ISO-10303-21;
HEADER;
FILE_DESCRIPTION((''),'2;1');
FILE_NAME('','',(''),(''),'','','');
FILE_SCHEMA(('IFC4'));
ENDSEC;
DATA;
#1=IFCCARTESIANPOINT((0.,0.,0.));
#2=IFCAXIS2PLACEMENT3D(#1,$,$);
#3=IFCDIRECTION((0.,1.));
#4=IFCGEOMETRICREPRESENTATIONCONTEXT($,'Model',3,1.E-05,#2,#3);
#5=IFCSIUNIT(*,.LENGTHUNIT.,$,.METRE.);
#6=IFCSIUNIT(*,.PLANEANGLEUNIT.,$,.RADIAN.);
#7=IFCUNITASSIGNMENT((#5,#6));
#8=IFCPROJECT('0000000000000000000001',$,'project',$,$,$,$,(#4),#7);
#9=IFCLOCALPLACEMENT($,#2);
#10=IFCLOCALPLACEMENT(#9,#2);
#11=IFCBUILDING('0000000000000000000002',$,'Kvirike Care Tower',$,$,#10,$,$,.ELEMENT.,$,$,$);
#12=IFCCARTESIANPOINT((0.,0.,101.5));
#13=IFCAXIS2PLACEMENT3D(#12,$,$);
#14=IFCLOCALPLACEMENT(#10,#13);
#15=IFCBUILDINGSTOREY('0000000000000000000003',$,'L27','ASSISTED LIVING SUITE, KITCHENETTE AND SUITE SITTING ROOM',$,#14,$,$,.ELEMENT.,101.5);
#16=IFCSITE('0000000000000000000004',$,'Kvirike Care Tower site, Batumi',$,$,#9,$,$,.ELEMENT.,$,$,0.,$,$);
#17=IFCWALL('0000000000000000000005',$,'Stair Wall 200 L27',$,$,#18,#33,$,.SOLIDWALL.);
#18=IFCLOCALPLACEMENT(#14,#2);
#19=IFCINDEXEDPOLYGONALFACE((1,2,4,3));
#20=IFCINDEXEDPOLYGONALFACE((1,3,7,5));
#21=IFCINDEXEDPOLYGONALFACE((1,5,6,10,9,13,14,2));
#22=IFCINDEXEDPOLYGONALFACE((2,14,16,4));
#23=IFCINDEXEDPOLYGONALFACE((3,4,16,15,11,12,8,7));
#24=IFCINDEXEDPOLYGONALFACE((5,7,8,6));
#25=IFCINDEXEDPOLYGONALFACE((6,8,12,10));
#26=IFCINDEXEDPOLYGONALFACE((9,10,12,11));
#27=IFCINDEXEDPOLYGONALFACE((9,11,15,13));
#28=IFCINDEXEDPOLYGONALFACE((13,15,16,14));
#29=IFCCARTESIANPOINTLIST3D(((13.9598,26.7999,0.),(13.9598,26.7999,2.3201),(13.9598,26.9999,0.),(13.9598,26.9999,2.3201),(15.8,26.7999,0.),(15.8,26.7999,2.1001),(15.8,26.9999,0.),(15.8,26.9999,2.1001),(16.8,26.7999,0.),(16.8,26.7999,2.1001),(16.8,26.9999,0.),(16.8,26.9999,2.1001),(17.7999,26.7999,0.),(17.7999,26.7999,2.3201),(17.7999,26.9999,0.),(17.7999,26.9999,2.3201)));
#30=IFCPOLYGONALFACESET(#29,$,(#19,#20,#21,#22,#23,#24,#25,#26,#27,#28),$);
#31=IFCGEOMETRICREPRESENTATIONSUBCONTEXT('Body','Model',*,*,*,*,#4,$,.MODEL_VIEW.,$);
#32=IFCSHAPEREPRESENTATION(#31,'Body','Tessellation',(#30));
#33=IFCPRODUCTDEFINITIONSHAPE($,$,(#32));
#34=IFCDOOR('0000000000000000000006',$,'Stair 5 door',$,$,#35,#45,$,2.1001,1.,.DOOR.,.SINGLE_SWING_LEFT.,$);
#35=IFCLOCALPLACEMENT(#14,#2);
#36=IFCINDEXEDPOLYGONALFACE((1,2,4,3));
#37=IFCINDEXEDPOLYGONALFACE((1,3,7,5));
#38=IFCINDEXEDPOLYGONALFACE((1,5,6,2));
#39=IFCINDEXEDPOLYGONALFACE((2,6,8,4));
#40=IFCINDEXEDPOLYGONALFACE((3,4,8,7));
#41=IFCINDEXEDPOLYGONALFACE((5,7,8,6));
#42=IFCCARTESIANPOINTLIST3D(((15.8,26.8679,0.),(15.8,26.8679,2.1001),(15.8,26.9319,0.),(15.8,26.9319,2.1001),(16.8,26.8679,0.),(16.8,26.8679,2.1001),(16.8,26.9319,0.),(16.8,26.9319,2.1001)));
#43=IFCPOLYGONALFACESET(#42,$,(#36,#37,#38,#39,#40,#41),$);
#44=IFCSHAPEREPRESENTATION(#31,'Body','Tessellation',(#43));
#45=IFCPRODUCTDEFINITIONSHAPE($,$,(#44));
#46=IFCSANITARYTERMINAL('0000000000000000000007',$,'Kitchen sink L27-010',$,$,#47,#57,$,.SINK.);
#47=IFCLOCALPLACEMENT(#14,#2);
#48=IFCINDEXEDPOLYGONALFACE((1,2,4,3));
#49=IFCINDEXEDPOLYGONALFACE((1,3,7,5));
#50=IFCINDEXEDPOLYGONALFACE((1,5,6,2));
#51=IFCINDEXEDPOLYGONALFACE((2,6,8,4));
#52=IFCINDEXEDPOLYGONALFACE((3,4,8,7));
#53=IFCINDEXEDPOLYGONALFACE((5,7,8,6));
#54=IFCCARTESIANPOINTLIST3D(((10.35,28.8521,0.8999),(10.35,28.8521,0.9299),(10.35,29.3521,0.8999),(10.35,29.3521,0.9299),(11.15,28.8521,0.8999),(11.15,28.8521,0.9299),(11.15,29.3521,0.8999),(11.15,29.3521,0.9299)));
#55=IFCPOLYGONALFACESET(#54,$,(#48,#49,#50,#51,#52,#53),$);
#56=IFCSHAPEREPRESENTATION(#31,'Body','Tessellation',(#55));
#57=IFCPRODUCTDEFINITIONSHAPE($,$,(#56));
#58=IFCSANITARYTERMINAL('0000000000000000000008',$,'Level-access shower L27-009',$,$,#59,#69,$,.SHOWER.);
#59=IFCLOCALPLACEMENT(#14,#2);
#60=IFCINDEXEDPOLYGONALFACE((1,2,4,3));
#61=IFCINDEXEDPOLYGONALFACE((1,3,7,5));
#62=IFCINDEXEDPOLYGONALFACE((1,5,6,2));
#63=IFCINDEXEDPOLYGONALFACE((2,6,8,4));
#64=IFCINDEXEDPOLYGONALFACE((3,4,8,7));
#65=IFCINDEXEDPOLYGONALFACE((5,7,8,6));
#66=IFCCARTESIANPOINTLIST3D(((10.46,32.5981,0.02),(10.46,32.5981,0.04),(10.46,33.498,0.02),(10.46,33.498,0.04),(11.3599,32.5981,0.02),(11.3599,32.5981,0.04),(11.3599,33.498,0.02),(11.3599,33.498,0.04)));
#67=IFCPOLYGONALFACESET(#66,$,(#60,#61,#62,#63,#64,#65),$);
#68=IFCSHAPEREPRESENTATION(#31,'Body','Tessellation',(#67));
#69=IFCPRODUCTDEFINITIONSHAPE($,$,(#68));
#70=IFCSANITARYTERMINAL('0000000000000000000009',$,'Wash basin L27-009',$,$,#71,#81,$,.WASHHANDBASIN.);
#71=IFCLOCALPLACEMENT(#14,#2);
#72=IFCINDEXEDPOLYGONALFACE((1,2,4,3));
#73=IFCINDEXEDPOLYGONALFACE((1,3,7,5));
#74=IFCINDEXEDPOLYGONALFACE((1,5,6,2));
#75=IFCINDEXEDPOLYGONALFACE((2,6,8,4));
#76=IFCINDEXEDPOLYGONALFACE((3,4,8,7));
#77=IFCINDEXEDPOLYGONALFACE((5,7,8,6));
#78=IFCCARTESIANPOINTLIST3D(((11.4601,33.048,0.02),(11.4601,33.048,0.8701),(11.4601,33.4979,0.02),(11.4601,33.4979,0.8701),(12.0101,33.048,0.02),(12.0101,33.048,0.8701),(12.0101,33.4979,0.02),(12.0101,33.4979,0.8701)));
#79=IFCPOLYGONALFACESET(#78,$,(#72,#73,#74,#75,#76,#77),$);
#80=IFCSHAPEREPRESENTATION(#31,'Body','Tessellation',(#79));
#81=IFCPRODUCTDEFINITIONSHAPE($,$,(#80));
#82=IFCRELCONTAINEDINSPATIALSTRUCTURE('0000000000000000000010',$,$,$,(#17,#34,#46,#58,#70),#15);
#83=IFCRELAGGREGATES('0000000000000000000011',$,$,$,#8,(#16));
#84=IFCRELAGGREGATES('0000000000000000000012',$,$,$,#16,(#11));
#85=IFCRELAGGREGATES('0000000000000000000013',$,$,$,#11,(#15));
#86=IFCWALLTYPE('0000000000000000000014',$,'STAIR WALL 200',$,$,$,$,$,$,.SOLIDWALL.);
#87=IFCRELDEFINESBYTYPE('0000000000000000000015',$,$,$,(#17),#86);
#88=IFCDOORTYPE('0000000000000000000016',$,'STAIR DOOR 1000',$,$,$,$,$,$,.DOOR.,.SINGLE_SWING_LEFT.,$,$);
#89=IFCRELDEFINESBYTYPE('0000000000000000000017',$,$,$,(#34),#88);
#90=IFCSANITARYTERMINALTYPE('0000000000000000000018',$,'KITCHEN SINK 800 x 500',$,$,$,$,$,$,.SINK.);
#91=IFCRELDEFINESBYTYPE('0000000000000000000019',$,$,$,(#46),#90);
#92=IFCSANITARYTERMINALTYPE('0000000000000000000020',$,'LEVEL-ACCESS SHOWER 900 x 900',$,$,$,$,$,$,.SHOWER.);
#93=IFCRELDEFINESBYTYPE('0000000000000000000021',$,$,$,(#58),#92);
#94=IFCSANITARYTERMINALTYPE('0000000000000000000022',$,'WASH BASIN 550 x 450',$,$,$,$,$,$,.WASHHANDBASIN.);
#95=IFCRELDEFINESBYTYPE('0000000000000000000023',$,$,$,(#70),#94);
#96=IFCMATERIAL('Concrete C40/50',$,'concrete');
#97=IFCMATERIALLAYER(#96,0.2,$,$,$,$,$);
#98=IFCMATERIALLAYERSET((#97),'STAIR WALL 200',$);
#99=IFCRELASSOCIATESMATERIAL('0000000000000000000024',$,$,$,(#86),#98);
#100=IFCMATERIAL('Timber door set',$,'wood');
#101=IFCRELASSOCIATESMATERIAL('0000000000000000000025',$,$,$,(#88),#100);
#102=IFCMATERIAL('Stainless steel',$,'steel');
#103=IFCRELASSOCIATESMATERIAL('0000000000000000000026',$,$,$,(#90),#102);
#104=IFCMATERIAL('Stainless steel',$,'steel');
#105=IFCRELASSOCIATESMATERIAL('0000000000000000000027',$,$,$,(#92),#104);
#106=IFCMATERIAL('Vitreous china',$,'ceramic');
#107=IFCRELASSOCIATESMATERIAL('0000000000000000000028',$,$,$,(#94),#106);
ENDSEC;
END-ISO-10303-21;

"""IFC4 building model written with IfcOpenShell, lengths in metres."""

from ifc_helpers import new_model, si_unit, direction, frame, frame_2d, origin, origin_2d, place, context, subcontext, project, spatial, rectangle, extrude, material, layer, layer_set, type_object, element, fill, save


model = new_model("IFC4")

# Units and contexts
model_context = context("Model", 3, precision=1e-05, world=origin(), true_north=direction((0.0, 1.0)))
body_context = subcontext(model_context, "Body", "Model", "MODEL_VIEW")
ifc_project = project(units=[si_unit("LENGTHUNIT", "METRE"), si_unit("PLANEANGLEUNIT", "RADIAN")], contexts=[model_context])

# Site, building, storey
site_placement = place(None, origin())
site = spatial("IfcSite", under=ifc_project, at=site_placement, Name="Kvirike Care Tower site, Batumi", CompositionType="ELEMENT", RefElevation=0.0)
building_placement = place(site_placement, origin())
building = spatial("IfcBuilding", under=site, at=building_placement, Name="Kvirike Care Tower", CompositionType="ELEMENT")
storey_placement = place(building_placement, frame((0.0, 0.0, 101.5)))
storey = spatial("IfcBuildingStorey", under=building, at=storey_placement, Name="L27", Description="ASSISTED LIVING SUITE, KITCHENETTE AND SUITE SITTING ROOM", CompositionType="ELEMENT", Elevation=101.5)

# Wall, opening, door
ifc_material_1 = material(Name="Concrete C40/50", Category="concrete")
ifc_layer_1 = layer(ifc_material_1, 0.2)
ifc_layer_set_1 = layer_set([ifc_layer_1], Name="STAIR WALL 200")
wall_type_1 = type_object("IfcWallType", Name="STAIR WALL 200", PredefinedType="SOLIDWALL", material=ifc_layer_set_1)
wall_1_placement = place(storey_placement, frame((13.96, 26.8999, 0.0), z_axis=(0.0, 0.0, 1.0), x_axis=(1.0, 0.0, 0.0)))
wall_1 = element("IfcWall", 1, at=wall_1_placement, inside=storey, type_object=wall_type_1, Name="Stair Wall 200 L27", PredefinedType="SOLIDWALL", context=body_context, shape_type="SweptSolid", body=[
    extrude(rectangle(XDim=3.8401, YDim=0.2, at=frame_2d((1.9199, 0.0))), origin(), (0.0, 0.0, 1.0), 2.3201),
])
opening_1_placement = place(wall_1_placement, frame((1.8401, 0.0, 0.0)))
opening_1 = element("IfcOpeningElement", 2, at=opening_1_placement, cuts=wall_1, PredefinedType="OPENING", context=body_context, shape_type="SweptSolid", body=[
    extrude(rectangle(XDim=1.0, YDim=2.1001, at=frame_2d((0.5, 1.05))), frame((0.0, 0.1106, 0.0), z_axis=(0.0, -1.0, 0.0), x_axis=(1.0, 0.0, 0.0)), (0.0, 0.0, 1.0), 0.2209),
])
ifc_material_2 = material(Name="Timber door set", Category="wood")
door_type_1 = type_object("IfcDoorType", Name="STAIR DOOR 1000", OperationType="SINGLE_SWING_LEFT", PredefinedType="DOOR", material=ifc_material_2)
door_1_placement = place(opening_1_placement, frame((1.0, 0.0, 0.0), z_axis=(0.0, 0.0, 1.0), x_axis=(-1.0, 0.0, 0.0)))
door_1 = element("IfcDoor", 3, at=door_1_placement, inside=storey, type_object=door_type_1, Name="Stair 5 door", OperationType="SINGLE_SWING_LEFT", OverallHeight=2.1001, OverallWidth=1.0, PredefinedType="DOOR", context=body_context, shape_type="SweptSolid", body=[
    extrude(rectangle(XDim=1.0, YDim=2.1001, at=frame_2d((0.5, 1.05))), frame((0.0, 0.032, 0.0), z_axis=(0.0, -1.0, 0.0), x_axis=(1.0, 0.0, 0.0)), (0.0, 0.0, 1.0), 0.064),
])
fill(opening_1, door_1)

# Sanitary terminals
ifc_material_3 = material(Name="Stainless steel", Category="steel")
sanitary_terminal_type_1 = type_object("IfcSanitaryTerminalType", Name="KITCHEN SINK 800 x 500", PredefinedType="SINK", material=ifc_material_3)
sanitary_terminal_1_placement = place(storey_placement, frame((10.75, 29.1021, 0.8999), z_axis=(0.0, 0.0, 1.0), x_axis=(-1.0, 0.0, 0.0)))
element("IfcSanitaryTerminal", 4, at=sanitary_terminal_1_placement, inside=storey, type_object=sanitary_terminal_type_1, Name="Kitchen sink L27-010", PredefinedType="SINK", context=body_context, shape_type="SweptSolid", body=[
    extrude(rectangle(XDim=0.8, YDim=0.5, at=origin_2d()), origin(), (0.0, 0.0, 1.0), 0.03),
])
ifc_material_4 = material(Name="Stainless steel", Category="steel")
sanitary_terminal_type_2 = type_object("IfcSanitaryTerminalType", Name="LEVEL-ACCESS SHOWER 900 x 900", PredefinedType="SHOWER", material=ifc_material_4)
sanitary_terminal_2_placement = place(storey_placement, frame((10.9099, 33.0481, 0.02), z_axis=(0.0, 0.0, 1.0), x_axis=(1.0, 0.0, 0.0)))
element("IfcSanitaryTerminal", 5, at=sanitary_terminal_2_placement, inside=storey, type_object=sanitary_terminal_type_2, Name="Level-access shower L27-009", PredefinedType="SHOWER", context=body_context, shape_type="SweptSolid", body=[
    extrude(rectangle(XDim=0.8999, YDim=0.8999, at=origin_2d()), origin(), (0.0, 0.0, 1.0), 0.02),
])
ifc_material_5 = material(Name="Vitreous china", Category="ceramic")
sanitary_terminal_type_3 = type_object("IfcSanitaryTerminalType", Name="WASH BASIN 550 x 450", PredefinedType="WASHHANDBASIN", material=ifc_material_5)
sanitary_terminal_3_placement = place(storey_placement, frame((11.7351, 33.2729, 0.02), z_axis=(0.0, 0.0, 1.0), x_axis=(1.0, 0.0, 0.0)))
element("IfcSanitaryTerminal", 6, at=sanitary_terminal_3_placement, inside=storey, type_object=sanitary_terminal_type_3, Name="Wash basin L27-009", PredefinedType="WASHHANDBASIN", context=body_context, shape_type="SweptSolid", body=[
    extrude(rectangle(XDim=0.55, YDim=0.45, at=origin_2d()), origin(), (0.0, 0.0, 1.0), 0.8501),
])

save(model, "model.ifc")
